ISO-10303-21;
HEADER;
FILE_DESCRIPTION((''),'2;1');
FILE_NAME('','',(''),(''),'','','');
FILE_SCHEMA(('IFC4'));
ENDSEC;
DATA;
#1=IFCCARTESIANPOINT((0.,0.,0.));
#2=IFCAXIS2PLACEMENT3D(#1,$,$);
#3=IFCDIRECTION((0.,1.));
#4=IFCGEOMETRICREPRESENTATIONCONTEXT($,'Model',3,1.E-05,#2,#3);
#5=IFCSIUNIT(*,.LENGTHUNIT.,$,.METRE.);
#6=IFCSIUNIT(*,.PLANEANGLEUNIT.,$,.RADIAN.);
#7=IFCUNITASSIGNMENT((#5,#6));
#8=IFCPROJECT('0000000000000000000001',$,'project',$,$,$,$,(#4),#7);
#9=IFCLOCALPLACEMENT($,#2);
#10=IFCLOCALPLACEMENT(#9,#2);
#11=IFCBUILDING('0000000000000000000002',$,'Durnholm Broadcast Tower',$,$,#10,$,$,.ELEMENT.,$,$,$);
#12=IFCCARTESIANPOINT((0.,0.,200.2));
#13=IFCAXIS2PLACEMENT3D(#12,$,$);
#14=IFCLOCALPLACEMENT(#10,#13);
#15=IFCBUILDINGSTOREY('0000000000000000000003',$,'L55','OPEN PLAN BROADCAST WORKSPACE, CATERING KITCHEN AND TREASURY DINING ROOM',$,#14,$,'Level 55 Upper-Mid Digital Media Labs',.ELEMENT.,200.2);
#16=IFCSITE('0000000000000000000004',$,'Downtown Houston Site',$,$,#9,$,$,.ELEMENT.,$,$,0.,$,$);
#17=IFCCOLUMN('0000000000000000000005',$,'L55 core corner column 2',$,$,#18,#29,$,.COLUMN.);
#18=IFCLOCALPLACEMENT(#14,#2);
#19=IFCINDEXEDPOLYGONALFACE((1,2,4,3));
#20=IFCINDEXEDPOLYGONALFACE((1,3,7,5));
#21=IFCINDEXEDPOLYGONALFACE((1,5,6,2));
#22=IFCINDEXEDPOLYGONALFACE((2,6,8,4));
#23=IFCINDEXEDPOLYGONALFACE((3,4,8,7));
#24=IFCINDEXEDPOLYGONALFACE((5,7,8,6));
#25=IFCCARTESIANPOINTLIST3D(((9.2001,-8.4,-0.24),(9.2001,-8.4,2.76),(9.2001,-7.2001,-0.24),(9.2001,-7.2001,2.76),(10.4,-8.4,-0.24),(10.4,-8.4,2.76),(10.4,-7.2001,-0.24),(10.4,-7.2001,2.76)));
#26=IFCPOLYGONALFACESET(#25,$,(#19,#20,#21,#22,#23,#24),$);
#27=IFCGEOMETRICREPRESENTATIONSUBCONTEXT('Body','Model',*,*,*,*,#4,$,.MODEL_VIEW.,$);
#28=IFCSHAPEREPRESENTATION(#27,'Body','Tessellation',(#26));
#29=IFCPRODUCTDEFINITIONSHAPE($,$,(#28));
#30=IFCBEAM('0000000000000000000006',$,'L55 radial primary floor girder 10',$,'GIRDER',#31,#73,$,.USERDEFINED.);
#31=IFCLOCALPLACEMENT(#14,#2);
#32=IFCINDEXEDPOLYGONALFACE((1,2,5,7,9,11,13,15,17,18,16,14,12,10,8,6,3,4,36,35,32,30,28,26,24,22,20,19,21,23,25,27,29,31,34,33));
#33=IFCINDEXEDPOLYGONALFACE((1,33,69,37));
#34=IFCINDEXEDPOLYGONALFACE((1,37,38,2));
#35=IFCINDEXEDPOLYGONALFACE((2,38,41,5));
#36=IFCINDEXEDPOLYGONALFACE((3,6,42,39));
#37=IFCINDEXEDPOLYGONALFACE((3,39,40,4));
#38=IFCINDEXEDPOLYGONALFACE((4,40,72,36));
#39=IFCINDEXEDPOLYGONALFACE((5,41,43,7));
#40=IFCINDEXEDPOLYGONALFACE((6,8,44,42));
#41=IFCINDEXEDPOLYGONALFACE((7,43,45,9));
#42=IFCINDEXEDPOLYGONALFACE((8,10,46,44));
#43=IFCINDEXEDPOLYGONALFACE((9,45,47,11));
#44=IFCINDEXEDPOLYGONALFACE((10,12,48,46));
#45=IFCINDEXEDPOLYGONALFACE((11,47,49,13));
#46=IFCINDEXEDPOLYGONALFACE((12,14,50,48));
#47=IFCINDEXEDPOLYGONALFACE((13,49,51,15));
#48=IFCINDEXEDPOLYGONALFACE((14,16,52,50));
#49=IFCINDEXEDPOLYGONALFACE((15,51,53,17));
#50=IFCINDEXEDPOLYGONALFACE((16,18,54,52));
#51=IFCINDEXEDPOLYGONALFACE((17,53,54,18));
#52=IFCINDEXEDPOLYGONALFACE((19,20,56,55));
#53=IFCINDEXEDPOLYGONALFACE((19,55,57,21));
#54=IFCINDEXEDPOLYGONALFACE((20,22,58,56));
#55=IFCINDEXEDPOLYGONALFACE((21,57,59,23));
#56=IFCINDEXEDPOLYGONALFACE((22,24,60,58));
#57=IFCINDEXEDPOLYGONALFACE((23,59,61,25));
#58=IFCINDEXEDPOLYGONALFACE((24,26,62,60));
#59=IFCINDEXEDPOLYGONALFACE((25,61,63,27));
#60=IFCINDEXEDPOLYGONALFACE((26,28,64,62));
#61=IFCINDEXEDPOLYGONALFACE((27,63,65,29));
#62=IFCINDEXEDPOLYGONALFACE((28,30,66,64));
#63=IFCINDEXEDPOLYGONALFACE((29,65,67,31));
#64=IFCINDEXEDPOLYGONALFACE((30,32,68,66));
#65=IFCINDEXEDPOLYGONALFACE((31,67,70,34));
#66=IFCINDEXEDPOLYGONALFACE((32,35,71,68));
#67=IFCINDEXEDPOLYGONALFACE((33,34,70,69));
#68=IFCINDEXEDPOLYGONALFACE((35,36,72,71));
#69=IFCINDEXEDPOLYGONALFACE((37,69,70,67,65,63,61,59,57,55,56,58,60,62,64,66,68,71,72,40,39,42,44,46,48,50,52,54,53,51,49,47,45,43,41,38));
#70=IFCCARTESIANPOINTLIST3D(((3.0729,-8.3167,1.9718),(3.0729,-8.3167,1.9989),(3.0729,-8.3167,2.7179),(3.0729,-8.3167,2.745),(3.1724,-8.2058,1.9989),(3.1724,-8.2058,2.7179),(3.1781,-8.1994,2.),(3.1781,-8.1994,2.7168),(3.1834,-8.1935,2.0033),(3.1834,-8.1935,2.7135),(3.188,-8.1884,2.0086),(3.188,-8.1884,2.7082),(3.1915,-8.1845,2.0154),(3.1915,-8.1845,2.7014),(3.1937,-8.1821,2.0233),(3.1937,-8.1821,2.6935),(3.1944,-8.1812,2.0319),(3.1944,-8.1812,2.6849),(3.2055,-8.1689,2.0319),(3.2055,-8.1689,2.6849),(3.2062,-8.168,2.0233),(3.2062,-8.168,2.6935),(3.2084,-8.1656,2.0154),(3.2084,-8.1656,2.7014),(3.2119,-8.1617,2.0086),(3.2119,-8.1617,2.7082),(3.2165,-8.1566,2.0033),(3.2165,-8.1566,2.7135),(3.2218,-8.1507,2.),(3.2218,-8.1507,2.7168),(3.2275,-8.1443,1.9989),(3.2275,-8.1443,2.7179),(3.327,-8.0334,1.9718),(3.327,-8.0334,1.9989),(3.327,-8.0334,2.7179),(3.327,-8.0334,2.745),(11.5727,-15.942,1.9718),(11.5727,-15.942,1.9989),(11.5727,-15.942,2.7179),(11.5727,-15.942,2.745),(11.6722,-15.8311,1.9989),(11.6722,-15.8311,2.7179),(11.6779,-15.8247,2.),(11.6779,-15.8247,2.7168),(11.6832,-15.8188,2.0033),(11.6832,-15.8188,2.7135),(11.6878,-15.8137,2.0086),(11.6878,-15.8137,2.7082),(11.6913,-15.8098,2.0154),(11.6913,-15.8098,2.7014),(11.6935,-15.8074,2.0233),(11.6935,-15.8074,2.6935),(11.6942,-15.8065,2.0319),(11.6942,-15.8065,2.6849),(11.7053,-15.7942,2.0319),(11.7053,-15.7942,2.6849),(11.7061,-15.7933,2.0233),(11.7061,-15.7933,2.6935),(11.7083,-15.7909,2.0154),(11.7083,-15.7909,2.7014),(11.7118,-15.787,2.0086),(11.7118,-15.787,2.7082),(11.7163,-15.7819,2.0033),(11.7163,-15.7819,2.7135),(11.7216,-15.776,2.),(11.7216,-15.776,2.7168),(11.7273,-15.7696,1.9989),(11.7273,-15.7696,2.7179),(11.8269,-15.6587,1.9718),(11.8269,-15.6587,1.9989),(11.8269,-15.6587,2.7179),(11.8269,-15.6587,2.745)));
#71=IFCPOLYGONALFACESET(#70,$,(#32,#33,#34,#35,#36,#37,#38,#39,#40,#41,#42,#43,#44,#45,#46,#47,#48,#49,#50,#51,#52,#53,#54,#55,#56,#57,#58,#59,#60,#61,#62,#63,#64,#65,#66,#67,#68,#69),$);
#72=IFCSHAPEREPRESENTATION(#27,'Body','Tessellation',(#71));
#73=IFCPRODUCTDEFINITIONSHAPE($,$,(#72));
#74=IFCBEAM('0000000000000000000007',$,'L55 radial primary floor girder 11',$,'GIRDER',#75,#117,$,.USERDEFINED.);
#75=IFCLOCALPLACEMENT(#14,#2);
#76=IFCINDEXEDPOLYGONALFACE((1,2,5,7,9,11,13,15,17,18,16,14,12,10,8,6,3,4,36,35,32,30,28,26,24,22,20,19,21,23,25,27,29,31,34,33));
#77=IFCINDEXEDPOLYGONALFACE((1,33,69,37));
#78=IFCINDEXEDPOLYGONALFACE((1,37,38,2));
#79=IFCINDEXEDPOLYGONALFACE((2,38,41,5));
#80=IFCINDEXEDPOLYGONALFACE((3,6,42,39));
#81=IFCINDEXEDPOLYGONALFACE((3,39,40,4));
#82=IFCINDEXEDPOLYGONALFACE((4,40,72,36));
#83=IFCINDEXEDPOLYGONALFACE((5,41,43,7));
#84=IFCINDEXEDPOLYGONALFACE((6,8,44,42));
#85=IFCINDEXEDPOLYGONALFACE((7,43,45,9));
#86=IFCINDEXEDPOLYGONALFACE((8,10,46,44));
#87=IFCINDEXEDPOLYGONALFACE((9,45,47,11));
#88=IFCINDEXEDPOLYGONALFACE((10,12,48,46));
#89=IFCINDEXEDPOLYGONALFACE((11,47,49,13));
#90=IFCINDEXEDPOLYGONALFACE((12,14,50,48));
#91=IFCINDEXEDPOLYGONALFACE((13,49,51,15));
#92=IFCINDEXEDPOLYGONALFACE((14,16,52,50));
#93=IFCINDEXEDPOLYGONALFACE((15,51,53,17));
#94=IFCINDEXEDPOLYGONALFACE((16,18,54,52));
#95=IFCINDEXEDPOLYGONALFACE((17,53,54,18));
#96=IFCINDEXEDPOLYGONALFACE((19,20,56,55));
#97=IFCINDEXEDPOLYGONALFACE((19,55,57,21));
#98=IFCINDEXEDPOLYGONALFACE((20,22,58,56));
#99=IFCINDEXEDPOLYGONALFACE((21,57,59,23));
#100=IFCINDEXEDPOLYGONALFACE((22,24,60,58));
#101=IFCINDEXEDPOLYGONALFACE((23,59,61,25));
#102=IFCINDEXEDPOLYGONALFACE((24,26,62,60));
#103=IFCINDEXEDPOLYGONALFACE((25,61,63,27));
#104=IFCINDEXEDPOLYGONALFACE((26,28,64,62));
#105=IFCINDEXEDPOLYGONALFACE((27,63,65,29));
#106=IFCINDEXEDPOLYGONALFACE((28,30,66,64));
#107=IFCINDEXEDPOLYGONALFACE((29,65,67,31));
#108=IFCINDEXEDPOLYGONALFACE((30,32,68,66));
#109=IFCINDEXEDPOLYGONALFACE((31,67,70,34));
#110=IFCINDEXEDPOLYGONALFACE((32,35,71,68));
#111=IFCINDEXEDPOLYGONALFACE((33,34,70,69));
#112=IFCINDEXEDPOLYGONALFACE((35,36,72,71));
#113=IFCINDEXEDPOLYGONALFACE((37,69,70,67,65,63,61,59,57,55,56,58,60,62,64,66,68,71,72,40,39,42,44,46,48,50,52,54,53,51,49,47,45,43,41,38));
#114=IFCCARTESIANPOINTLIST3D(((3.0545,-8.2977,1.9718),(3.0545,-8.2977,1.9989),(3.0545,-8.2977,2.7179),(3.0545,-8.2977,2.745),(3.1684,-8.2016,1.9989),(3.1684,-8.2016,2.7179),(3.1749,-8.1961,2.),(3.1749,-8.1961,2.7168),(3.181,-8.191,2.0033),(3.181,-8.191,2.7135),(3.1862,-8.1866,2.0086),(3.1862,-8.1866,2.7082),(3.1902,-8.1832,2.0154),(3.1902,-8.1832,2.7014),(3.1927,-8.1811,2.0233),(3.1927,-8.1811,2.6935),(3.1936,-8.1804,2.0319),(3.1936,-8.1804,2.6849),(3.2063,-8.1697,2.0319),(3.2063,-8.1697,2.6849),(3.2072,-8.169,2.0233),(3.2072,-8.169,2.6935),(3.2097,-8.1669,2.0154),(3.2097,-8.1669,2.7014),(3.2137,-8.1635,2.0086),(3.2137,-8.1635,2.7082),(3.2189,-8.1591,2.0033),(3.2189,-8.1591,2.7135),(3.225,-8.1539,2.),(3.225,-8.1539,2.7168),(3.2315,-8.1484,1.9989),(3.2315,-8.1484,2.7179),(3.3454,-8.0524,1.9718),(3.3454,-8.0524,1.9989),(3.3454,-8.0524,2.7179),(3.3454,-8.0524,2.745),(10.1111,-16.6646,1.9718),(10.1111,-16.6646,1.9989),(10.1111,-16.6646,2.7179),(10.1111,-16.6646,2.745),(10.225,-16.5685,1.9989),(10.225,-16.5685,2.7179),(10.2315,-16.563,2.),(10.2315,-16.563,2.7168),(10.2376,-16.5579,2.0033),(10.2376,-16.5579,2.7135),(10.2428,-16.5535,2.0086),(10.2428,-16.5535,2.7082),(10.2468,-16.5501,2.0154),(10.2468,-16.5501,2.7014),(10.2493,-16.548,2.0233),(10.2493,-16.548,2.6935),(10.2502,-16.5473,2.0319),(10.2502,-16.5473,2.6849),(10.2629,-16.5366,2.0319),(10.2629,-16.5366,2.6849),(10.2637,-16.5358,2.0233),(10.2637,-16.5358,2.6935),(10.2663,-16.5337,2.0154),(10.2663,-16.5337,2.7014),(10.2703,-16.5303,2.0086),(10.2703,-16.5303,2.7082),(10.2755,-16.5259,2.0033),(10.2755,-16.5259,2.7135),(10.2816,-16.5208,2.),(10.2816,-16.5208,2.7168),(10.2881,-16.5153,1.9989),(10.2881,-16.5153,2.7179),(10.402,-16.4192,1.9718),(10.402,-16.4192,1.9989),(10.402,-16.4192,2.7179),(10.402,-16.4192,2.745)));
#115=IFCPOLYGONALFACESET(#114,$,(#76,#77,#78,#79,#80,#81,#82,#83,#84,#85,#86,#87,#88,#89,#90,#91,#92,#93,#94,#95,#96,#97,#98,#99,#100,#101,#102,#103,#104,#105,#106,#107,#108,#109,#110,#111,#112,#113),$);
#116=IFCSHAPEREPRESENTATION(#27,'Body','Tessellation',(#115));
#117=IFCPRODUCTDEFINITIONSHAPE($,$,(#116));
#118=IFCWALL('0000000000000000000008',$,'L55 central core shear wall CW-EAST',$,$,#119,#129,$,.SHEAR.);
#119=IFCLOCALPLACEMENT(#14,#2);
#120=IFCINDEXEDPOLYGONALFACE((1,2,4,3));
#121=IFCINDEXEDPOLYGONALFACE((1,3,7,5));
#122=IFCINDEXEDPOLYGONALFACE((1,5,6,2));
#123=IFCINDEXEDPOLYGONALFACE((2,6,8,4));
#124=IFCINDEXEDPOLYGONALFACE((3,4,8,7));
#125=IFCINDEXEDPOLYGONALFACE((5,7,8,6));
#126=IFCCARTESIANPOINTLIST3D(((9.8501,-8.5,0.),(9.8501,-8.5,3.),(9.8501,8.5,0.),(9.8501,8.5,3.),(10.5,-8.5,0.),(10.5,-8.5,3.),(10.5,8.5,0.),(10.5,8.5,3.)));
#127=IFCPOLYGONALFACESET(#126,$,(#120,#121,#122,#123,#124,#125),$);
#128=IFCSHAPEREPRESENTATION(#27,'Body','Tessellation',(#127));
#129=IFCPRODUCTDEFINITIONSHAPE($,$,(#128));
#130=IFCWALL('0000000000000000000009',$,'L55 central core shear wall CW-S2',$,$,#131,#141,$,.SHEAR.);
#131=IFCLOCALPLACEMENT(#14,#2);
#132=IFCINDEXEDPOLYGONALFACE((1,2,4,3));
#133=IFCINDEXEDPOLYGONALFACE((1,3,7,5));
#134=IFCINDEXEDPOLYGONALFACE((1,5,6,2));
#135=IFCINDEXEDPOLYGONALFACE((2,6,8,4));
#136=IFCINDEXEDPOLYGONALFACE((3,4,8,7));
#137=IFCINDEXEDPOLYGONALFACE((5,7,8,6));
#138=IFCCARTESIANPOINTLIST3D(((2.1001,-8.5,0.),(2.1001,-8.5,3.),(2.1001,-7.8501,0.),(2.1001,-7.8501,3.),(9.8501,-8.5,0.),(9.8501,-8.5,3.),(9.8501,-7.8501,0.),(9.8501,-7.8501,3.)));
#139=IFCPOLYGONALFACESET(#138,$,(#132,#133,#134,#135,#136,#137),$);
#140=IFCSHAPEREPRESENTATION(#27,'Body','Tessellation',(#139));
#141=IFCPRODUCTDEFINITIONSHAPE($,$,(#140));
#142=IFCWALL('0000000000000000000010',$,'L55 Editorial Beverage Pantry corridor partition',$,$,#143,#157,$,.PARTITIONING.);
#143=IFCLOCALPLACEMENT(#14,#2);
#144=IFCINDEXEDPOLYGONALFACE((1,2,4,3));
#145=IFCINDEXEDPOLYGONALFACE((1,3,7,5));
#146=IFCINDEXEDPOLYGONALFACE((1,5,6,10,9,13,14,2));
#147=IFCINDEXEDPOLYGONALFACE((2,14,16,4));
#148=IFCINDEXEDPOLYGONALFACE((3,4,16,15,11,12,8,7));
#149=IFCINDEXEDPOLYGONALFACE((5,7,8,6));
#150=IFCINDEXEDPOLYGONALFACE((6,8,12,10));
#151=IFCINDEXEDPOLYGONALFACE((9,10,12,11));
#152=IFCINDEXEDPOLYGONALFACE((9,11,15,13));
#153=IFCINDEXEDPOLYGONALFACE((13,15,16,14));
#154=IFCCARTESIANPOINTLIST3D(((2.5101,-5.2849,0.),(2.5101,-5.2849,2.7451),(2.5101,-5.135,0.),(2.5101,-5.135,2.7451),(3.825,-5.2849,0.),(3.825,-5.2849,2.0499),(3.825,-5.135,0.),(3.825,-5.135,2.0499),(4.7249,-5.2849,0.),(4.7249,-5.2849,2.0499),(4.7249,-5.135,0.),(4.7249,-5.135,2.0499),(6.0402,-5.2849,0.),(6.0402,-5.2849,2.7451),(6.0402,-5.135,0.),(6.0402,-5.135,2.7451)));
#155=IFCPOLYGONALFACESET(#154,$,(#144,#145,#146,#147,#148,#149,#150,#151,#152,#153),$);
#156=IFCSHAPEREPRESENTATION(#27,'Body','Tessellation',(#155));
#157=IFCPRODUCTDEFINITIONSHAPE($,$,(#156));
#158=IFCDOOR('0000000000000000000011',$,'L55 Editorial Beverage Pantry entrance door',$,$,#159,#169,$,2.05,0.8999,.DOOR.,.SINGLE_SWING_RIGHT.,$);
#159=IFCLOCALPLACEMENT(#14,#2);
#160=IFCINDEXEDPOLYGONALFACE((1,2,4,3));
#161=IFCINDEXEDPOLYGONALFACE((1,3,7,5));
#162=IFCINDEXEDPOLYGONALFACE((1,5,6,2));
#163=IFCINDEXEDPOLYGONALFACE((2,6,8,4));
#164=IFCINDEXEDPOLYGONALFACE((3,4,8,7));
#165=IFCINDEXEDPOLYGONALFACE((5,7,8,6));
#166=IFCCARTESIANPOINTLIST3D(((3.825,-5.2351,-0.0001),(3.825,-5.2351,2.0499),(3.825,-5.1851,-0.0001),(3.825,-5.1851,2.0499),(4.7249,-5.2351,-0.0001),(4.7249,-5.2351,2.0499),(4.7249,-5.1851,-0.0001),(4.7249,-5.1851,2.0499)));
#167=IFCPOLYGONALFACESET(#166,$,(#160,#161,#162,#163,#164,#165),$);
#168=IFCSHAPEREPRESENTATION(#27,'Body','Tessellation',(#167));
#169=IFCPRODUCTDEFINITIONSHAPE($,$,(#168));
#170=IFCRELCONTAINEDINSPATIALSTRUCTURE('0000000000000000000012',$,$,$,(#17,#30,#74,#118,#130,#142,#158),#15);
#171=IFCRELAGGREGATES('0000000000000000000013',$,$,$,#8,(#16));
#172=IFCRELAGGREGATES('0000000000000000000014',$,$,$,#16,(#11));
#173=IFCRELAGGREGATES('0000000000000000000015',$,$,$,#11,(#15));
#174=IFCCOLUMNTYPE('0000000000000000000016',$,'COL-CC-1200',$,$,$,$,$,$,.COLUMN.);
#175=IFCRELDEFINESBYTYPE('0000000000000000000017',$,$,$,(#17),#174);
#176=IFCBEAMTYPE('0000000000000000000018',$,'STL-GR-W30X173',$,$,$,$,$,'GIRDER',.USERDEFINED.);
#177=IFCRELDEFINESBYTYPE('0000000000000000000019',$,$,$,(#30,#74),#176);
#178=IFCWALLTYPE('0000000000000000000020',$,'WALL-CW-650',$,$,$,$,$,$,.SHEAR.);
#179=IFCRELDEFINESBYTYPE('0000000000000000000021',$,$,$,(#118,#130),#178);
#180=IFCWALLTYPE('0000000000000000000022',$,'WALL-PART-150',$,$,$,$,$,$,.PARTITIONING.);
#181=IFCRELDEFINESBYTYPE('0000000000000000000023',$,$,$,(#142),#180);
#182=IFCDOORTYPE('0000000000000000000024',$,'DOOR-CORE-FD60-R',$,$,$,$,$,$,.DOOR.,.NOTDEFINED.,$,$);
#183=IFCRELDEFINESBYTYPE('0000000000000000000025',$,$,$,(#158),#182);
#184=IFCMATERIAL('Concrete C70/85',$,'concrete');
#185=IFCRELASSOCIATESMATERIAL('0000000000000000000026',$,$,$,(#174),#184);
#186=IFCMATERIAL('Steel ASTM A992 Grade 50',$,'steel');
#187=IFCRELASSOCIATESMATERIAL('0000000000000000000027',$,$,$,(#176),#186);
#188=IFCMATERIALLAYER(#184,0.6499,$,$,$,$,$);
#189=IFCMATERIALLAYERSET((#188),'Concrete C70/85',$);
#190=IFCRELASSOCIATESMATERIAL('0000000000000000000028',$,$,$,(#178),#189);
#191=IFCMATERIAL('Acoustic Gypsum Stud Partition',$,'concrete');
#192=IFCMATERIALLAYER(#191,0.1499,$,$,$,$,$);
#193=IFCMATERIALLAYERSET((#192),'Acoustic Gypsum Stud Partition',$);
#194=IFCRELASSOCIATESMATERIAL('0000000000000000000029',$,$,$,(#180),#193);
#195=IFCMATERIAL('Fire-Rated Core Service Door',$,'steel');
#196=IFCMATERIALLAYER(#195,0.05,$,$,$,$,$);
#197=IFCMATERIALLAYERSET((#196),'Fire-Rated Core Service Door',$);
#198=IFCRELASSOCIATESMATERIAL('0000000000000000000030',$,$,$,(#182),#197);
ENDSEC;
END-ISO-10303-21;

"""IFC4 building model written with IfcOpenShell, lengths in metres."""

from ifc_helpers import new_model, si_unit, direction, frame, frame_2d, origin, origin_2d, place, context, subcontext, project, spatial, rectangle, i_section, extrude, source, transform, mapped, material, layer, layer_set, material_profile, profile_set, type_object, type_shapes, element, fill, save


model = new_model("IFC4")

# Units and contexts
model_context = context("Model", 3, precision=1e-05, world=origin(), true_north=direction((0.0, 1.0)))
body_context = subcontext(model_context, "Body", "Model", "MODEL_VIEW")
ifc_project = project(units=[si_unit("LENGTHUNIT", "METRE"), si_unit("PLANEANGLEUNIT", "RADIAN")], contexts=[model_context])

# Site, building, storey
site_placement = place(None, origin())
site = spatial("IfcSite", under=ifc_project, at=site_placement, Name="Downtown Houston Site", CompositionType="ELEMENT", RefElevation=0.0)
building_placement = place(site_placement, origin())
building = spatial("IfcBuilding", under=site, at=building_placement, Name="Durnholm Broadcast Tower", CompositionType="ELEMENT")
storey_placement = place(building_placement, frame((0.0, 0.0, 200.2)))
storey = spatial("IfcBuildingStorey", under=building, at=storey_placement, Name="L55", Description="OPEN PLAN BROADCAST WORKSPACE, CATERING KITCHEN AND TREASURY DINING ROOM", LongName="Level 55 Upper-Mid Digital Media Labs", CompositionType="ELEMENT", Elevation=200.2)

# Column
ifc_material_1 = material(Name="Concrete C70/85", Category="concrete")
ifc_material_profile_1 = material_profile(ifc_material_1, rectangle(XDim=1.2, YDim=1.2, at=origin_2d()), Name="RC1200X1200")
ifc_profile_set_1 = profile_set([ifc_material_profile_1], Name="Concrete C70/85")
column_type = type_object("IfcColumnType", Name="COL-CC-1200", PredefinedType="COLUMN", material=ifc_profile_set_1)
shared_shape_1 = source(origin(), body_context, "Body", "SweptSolid", [
    extrude(rectangle(XDim=1.2, YDim=1.2, at=origin_2d()), origin(), (0.0, 0.0, 1.0), 3.0),
])
type_shapes(column_type, [shared_shape_1])
column_placement = place(storey_placement, frame((9.8, -7.8, -0.24), z_axis=(0.0, 0.0, 1.0), x_axis=(1.0, 0.0, 0.0)))
element("IfcColumn", 1, at=column_placement, inside=storey, type_object=column_type, Name="L55 core corner column 2", PredefinedType="COLUMN", context=body_context, shape_type="MappedRepresentation", body=[
    mapped(shared_shape_1, transform((0.0, 0.0, 0.0), x_axis=(1.0, 0.0, 0.0), y_axis=(0.0, 1.0, 0.0), z_axis=(0.0, 0.0, 1.0), scale=1.0)),
])

# Beams
ifc_material_2 = material(Name="Steel ASTM A992 Grade 50", Category="steel")
ifc_material_profile_2 = material_profile(ifc_material_2, i_section(OverallWidth=0.3806, OverallDepth=0.7732, WebThickness=0.0166, FlangeThickness=0.0271, FilletRadius=0.033, at=origin_2d()), Name="W30X173")
ifc_profile_set_2 = profile_set([ifc_material_profile_2], Name="Steel ASTM A992 Grade 50")
beam_type = type_object("IfcBeamType", Name="STL-GR-W30X173", ElementType="GIRDER", PredefinedType="USERDEFINED", material=ifc_profile_set_2)
shared_shape_2 = source(origin(), body_context, "Body", "SweptSolid", [
    extrude(i_section(OverallWidth=0.3806, OverallDepth=0.7732, WebThickness=0.0166, FlangeThickness=0.0271, FilletRadius=0.033, at=origin_2d()), origin(), (0.0, 0.0, 1.0), 11.4189),
])
beam_1_placement = place(storey_placement, frame((3.2, -8.175, 2.3584), z_axis=(0.744362, -0.667777, 0.0), x_axis=(0.667777, 0.744362, 0.0)))
element("IfcBeam", 2, at=beam_1_placement, inside=storey, type_object=beam_type, Name="L55 radial primary floor girder 10", ObjectType="GIRDER", PredefinedType="USERDEFINED", context=body_context, shape_type="MappedRepresentation", body=[
    mapped(shared_shape_2, transform((0.0, 0.0, 0.0), x_axis=(1.0, 0.0, 0.0), y_axis=(0.0, 1.0, 0.0), z_axis=(0.0, 0.0, 1.0), scale=1.0)),
])
shared_shape_3 = source(origin(), body_context, "Body", "SweptSolid", [
    extrude(i_section(OverallWidth=0.3806, OverallDepth=0.7732, WebThickness=0.0166, FlangeThickness=0.0271, FilletRadius=0.033, at=origin_2d()), origin(), (0.0, 0.0, 1.0), 10.9453),
])
type_shapes(beam_type, [shared_shape_2, shared_shape_3])
beam_2_placement = place(storey_placement, frame((3.2, -8.175, 2.3584), z_axis=(0.644713, -0.764425, 0.0), x_axis=(0.764425, 0.644713, 0.0)))
element("IfcBeam", 3, at=beam_2_placement, inside=storey, type_object=beam_type, Name="L55 radial primary floor girder 11", ObjectType="GIRDER", PredefinedType="USERDEFINED", context=body_context, shape_type="MappedRepresentation", body=[
    mapped(shared_shape_3, transform((0.0, 0.0, 0.0), x_axis=(1.0, 0.0, 0.0), y_axis=(0.0, 1.0, 0.0), z_axis=(0.0, 0.0, 1.0), scale=1.0)),
])

# Walls
ifc_layer_1 = layer(ifc_material_1, 0.6499)
ifc_layer_set_1 = layer_set([ifc_layer_1], Name="Concrete C70/85")
wall_type_1 = type_object("IfcWallType", Name="WALL-CW-650", PredefinedType="SHEAR", material=ifc_layer_set_1)
wall_1_placement = place(storey_placement, frame((10.175, -8.5, 0.0), z_axis=(0.0, 0.0, 1.0), x_axis=(0.0, 1.0, 0.0)))
element("IfcWall", 4, at=wall_1_placement, inside=storey, type_object=wall_type_1, Name="L55 central core shear wall CW-EAST", PredefinedType="SHEAR", context=body_context, shape_type="SweptSolid", body=[
    extrude(rectangle(XDim=17.0, YDim=0.6499, at=frame_2d((8.5, 0.0))), origin(), (0.0, 0.0, 1.0), 3.0),
])
wall_2_placement = place(storey_placement, frame((2.1001, -8.175, 0.0), z_axis=(0.0, 0.0, 1.0), x_axis=(1.0, 0.0, 0.0)))
element("IfcWall", 5, at=wall_2_placement, inside=storey, type_object=wall_type_1, Name="L55 central core shear wall CW-S2", PredefinedType="SHEAR", context=body_context, shape_type="SweptSolid", body=[
    extrude(rectangle(XDim=7.75, YDim=0.6499, at=frame_2d((3.875, 0.0))), origin(), (0.0, 0.0, 1.0), 3.0),
])

# Wall, opening, door
ifc_material_3 = material(Name="Acoustic Gypsum Stud Partition", Category="concrete")
ifc_layer_2 = layer(ifc_material_3, 0.1499)
ifc_layer_set_2 = layer_set([ifc_layer_2], Name="Acoustic Gypsum Stud Partition")
wall_type_2 = type_object("IfcWallType", Name="WALL-PART-150", PredefinedType="PARTITIONING", material=ifc_layer_set_2)
wall_3_placement = place(storey_placement, frame((2.51, -5.21, 0.0), z_axis=(0.0, 0.0, 1.0), x_axis=(1.0, 0.0, 0.0)))
wall_3 = element("IfcWall", 6, at=wall_3_placement, inside=storey, type_object=wall_type_2, Name="L55 Editorial Beverage Pantry corridor partition", PredefinedType="PARTITIONING", context=body_context, shape_type="SweptSolid", body=[
    extrude(rectangle(XDim=3.53, YDim=0.1499, at=frame_2d((1.7651, 0.0))), origin(), (0.0, 0.0, 1.0), 2.7451),
])
opening_1_placement = place(wall_3_placement, frame((1.3149, 0.0, 0.0)))
opening_1 = element("IfcOpeningElement", 7, at=opening_1_placement, cuts=wall_3, PredefinedType="OPENING", context=body_context, shape_type="SweptSolid", body=[
    extrude(rectangle(XDim=0.8999, YDim=2.05, at=frame_2d((0.45, 1.0249))), frame((0.0, 0.085, 0.0), z_axis=(0.0, -1.0, 0.0), x_axis=(1.0, 0.0, 0.0)), (0.0, 0.0, 1.0), 0.1699),
])
ifc_material_4 = material(Name="Fire-Rated Core Service Door", Category="steel")
ifc_layer_3 = layer(ifc_material_4, 0.05)
ifc_layer_set_3 = layer_set([ifc_layer_3], Name="Fire-Rated Core Service Door")
door_type_1 = type_object("IfcDoorType", Name="DOOR-CORE-FD60-R", OperationType="NOTDEFINED", PredefinedType="DOOR", material=ifc_layer_set_3)
shared_shape_4 = source(origin(), body_context, "Body", "SweptSolid", [
    extrude(rectangle(XDim=0.8999, YDim=2.05, at=frame_2d((0.45, 1.0249))), frame((0.0, 0.0249, 0.0), z_axis=(0.0, -1.0, 0.0), x_axis=(1.0, 0.0, 0.0)), (0.0, 0.0, 1.0), 0.05),
])
type_shapes(door_type_1, [shared_shape_4])
door_1_placement = place(opening_1_placement, origin())
door_1 = element("IfcDoor", 8, at=door_1_placement, inside=storey, type_object=door_type_1, Name="L55 Editorial Beverage Pantry entrance door", OperationType="SINGLE_SWING_RIGHT", OverallHeight=2.05, OverallWidth=0.8999, PredefinedType="DOOR", context=body_context, shape_type="MappedRepresentation", body=[
    mapped(shared_shape_4, transform((0.0, 0.0, 0.0), x_axis=(1.0, 0.0, 0.0), y_axis=(0.0, 1.0, 0.0), z_axis=(0.0, 0.0, 1.0), scale=1.0)),
])
fill(opening_1, door_1)

save(model, "model.ifc")
